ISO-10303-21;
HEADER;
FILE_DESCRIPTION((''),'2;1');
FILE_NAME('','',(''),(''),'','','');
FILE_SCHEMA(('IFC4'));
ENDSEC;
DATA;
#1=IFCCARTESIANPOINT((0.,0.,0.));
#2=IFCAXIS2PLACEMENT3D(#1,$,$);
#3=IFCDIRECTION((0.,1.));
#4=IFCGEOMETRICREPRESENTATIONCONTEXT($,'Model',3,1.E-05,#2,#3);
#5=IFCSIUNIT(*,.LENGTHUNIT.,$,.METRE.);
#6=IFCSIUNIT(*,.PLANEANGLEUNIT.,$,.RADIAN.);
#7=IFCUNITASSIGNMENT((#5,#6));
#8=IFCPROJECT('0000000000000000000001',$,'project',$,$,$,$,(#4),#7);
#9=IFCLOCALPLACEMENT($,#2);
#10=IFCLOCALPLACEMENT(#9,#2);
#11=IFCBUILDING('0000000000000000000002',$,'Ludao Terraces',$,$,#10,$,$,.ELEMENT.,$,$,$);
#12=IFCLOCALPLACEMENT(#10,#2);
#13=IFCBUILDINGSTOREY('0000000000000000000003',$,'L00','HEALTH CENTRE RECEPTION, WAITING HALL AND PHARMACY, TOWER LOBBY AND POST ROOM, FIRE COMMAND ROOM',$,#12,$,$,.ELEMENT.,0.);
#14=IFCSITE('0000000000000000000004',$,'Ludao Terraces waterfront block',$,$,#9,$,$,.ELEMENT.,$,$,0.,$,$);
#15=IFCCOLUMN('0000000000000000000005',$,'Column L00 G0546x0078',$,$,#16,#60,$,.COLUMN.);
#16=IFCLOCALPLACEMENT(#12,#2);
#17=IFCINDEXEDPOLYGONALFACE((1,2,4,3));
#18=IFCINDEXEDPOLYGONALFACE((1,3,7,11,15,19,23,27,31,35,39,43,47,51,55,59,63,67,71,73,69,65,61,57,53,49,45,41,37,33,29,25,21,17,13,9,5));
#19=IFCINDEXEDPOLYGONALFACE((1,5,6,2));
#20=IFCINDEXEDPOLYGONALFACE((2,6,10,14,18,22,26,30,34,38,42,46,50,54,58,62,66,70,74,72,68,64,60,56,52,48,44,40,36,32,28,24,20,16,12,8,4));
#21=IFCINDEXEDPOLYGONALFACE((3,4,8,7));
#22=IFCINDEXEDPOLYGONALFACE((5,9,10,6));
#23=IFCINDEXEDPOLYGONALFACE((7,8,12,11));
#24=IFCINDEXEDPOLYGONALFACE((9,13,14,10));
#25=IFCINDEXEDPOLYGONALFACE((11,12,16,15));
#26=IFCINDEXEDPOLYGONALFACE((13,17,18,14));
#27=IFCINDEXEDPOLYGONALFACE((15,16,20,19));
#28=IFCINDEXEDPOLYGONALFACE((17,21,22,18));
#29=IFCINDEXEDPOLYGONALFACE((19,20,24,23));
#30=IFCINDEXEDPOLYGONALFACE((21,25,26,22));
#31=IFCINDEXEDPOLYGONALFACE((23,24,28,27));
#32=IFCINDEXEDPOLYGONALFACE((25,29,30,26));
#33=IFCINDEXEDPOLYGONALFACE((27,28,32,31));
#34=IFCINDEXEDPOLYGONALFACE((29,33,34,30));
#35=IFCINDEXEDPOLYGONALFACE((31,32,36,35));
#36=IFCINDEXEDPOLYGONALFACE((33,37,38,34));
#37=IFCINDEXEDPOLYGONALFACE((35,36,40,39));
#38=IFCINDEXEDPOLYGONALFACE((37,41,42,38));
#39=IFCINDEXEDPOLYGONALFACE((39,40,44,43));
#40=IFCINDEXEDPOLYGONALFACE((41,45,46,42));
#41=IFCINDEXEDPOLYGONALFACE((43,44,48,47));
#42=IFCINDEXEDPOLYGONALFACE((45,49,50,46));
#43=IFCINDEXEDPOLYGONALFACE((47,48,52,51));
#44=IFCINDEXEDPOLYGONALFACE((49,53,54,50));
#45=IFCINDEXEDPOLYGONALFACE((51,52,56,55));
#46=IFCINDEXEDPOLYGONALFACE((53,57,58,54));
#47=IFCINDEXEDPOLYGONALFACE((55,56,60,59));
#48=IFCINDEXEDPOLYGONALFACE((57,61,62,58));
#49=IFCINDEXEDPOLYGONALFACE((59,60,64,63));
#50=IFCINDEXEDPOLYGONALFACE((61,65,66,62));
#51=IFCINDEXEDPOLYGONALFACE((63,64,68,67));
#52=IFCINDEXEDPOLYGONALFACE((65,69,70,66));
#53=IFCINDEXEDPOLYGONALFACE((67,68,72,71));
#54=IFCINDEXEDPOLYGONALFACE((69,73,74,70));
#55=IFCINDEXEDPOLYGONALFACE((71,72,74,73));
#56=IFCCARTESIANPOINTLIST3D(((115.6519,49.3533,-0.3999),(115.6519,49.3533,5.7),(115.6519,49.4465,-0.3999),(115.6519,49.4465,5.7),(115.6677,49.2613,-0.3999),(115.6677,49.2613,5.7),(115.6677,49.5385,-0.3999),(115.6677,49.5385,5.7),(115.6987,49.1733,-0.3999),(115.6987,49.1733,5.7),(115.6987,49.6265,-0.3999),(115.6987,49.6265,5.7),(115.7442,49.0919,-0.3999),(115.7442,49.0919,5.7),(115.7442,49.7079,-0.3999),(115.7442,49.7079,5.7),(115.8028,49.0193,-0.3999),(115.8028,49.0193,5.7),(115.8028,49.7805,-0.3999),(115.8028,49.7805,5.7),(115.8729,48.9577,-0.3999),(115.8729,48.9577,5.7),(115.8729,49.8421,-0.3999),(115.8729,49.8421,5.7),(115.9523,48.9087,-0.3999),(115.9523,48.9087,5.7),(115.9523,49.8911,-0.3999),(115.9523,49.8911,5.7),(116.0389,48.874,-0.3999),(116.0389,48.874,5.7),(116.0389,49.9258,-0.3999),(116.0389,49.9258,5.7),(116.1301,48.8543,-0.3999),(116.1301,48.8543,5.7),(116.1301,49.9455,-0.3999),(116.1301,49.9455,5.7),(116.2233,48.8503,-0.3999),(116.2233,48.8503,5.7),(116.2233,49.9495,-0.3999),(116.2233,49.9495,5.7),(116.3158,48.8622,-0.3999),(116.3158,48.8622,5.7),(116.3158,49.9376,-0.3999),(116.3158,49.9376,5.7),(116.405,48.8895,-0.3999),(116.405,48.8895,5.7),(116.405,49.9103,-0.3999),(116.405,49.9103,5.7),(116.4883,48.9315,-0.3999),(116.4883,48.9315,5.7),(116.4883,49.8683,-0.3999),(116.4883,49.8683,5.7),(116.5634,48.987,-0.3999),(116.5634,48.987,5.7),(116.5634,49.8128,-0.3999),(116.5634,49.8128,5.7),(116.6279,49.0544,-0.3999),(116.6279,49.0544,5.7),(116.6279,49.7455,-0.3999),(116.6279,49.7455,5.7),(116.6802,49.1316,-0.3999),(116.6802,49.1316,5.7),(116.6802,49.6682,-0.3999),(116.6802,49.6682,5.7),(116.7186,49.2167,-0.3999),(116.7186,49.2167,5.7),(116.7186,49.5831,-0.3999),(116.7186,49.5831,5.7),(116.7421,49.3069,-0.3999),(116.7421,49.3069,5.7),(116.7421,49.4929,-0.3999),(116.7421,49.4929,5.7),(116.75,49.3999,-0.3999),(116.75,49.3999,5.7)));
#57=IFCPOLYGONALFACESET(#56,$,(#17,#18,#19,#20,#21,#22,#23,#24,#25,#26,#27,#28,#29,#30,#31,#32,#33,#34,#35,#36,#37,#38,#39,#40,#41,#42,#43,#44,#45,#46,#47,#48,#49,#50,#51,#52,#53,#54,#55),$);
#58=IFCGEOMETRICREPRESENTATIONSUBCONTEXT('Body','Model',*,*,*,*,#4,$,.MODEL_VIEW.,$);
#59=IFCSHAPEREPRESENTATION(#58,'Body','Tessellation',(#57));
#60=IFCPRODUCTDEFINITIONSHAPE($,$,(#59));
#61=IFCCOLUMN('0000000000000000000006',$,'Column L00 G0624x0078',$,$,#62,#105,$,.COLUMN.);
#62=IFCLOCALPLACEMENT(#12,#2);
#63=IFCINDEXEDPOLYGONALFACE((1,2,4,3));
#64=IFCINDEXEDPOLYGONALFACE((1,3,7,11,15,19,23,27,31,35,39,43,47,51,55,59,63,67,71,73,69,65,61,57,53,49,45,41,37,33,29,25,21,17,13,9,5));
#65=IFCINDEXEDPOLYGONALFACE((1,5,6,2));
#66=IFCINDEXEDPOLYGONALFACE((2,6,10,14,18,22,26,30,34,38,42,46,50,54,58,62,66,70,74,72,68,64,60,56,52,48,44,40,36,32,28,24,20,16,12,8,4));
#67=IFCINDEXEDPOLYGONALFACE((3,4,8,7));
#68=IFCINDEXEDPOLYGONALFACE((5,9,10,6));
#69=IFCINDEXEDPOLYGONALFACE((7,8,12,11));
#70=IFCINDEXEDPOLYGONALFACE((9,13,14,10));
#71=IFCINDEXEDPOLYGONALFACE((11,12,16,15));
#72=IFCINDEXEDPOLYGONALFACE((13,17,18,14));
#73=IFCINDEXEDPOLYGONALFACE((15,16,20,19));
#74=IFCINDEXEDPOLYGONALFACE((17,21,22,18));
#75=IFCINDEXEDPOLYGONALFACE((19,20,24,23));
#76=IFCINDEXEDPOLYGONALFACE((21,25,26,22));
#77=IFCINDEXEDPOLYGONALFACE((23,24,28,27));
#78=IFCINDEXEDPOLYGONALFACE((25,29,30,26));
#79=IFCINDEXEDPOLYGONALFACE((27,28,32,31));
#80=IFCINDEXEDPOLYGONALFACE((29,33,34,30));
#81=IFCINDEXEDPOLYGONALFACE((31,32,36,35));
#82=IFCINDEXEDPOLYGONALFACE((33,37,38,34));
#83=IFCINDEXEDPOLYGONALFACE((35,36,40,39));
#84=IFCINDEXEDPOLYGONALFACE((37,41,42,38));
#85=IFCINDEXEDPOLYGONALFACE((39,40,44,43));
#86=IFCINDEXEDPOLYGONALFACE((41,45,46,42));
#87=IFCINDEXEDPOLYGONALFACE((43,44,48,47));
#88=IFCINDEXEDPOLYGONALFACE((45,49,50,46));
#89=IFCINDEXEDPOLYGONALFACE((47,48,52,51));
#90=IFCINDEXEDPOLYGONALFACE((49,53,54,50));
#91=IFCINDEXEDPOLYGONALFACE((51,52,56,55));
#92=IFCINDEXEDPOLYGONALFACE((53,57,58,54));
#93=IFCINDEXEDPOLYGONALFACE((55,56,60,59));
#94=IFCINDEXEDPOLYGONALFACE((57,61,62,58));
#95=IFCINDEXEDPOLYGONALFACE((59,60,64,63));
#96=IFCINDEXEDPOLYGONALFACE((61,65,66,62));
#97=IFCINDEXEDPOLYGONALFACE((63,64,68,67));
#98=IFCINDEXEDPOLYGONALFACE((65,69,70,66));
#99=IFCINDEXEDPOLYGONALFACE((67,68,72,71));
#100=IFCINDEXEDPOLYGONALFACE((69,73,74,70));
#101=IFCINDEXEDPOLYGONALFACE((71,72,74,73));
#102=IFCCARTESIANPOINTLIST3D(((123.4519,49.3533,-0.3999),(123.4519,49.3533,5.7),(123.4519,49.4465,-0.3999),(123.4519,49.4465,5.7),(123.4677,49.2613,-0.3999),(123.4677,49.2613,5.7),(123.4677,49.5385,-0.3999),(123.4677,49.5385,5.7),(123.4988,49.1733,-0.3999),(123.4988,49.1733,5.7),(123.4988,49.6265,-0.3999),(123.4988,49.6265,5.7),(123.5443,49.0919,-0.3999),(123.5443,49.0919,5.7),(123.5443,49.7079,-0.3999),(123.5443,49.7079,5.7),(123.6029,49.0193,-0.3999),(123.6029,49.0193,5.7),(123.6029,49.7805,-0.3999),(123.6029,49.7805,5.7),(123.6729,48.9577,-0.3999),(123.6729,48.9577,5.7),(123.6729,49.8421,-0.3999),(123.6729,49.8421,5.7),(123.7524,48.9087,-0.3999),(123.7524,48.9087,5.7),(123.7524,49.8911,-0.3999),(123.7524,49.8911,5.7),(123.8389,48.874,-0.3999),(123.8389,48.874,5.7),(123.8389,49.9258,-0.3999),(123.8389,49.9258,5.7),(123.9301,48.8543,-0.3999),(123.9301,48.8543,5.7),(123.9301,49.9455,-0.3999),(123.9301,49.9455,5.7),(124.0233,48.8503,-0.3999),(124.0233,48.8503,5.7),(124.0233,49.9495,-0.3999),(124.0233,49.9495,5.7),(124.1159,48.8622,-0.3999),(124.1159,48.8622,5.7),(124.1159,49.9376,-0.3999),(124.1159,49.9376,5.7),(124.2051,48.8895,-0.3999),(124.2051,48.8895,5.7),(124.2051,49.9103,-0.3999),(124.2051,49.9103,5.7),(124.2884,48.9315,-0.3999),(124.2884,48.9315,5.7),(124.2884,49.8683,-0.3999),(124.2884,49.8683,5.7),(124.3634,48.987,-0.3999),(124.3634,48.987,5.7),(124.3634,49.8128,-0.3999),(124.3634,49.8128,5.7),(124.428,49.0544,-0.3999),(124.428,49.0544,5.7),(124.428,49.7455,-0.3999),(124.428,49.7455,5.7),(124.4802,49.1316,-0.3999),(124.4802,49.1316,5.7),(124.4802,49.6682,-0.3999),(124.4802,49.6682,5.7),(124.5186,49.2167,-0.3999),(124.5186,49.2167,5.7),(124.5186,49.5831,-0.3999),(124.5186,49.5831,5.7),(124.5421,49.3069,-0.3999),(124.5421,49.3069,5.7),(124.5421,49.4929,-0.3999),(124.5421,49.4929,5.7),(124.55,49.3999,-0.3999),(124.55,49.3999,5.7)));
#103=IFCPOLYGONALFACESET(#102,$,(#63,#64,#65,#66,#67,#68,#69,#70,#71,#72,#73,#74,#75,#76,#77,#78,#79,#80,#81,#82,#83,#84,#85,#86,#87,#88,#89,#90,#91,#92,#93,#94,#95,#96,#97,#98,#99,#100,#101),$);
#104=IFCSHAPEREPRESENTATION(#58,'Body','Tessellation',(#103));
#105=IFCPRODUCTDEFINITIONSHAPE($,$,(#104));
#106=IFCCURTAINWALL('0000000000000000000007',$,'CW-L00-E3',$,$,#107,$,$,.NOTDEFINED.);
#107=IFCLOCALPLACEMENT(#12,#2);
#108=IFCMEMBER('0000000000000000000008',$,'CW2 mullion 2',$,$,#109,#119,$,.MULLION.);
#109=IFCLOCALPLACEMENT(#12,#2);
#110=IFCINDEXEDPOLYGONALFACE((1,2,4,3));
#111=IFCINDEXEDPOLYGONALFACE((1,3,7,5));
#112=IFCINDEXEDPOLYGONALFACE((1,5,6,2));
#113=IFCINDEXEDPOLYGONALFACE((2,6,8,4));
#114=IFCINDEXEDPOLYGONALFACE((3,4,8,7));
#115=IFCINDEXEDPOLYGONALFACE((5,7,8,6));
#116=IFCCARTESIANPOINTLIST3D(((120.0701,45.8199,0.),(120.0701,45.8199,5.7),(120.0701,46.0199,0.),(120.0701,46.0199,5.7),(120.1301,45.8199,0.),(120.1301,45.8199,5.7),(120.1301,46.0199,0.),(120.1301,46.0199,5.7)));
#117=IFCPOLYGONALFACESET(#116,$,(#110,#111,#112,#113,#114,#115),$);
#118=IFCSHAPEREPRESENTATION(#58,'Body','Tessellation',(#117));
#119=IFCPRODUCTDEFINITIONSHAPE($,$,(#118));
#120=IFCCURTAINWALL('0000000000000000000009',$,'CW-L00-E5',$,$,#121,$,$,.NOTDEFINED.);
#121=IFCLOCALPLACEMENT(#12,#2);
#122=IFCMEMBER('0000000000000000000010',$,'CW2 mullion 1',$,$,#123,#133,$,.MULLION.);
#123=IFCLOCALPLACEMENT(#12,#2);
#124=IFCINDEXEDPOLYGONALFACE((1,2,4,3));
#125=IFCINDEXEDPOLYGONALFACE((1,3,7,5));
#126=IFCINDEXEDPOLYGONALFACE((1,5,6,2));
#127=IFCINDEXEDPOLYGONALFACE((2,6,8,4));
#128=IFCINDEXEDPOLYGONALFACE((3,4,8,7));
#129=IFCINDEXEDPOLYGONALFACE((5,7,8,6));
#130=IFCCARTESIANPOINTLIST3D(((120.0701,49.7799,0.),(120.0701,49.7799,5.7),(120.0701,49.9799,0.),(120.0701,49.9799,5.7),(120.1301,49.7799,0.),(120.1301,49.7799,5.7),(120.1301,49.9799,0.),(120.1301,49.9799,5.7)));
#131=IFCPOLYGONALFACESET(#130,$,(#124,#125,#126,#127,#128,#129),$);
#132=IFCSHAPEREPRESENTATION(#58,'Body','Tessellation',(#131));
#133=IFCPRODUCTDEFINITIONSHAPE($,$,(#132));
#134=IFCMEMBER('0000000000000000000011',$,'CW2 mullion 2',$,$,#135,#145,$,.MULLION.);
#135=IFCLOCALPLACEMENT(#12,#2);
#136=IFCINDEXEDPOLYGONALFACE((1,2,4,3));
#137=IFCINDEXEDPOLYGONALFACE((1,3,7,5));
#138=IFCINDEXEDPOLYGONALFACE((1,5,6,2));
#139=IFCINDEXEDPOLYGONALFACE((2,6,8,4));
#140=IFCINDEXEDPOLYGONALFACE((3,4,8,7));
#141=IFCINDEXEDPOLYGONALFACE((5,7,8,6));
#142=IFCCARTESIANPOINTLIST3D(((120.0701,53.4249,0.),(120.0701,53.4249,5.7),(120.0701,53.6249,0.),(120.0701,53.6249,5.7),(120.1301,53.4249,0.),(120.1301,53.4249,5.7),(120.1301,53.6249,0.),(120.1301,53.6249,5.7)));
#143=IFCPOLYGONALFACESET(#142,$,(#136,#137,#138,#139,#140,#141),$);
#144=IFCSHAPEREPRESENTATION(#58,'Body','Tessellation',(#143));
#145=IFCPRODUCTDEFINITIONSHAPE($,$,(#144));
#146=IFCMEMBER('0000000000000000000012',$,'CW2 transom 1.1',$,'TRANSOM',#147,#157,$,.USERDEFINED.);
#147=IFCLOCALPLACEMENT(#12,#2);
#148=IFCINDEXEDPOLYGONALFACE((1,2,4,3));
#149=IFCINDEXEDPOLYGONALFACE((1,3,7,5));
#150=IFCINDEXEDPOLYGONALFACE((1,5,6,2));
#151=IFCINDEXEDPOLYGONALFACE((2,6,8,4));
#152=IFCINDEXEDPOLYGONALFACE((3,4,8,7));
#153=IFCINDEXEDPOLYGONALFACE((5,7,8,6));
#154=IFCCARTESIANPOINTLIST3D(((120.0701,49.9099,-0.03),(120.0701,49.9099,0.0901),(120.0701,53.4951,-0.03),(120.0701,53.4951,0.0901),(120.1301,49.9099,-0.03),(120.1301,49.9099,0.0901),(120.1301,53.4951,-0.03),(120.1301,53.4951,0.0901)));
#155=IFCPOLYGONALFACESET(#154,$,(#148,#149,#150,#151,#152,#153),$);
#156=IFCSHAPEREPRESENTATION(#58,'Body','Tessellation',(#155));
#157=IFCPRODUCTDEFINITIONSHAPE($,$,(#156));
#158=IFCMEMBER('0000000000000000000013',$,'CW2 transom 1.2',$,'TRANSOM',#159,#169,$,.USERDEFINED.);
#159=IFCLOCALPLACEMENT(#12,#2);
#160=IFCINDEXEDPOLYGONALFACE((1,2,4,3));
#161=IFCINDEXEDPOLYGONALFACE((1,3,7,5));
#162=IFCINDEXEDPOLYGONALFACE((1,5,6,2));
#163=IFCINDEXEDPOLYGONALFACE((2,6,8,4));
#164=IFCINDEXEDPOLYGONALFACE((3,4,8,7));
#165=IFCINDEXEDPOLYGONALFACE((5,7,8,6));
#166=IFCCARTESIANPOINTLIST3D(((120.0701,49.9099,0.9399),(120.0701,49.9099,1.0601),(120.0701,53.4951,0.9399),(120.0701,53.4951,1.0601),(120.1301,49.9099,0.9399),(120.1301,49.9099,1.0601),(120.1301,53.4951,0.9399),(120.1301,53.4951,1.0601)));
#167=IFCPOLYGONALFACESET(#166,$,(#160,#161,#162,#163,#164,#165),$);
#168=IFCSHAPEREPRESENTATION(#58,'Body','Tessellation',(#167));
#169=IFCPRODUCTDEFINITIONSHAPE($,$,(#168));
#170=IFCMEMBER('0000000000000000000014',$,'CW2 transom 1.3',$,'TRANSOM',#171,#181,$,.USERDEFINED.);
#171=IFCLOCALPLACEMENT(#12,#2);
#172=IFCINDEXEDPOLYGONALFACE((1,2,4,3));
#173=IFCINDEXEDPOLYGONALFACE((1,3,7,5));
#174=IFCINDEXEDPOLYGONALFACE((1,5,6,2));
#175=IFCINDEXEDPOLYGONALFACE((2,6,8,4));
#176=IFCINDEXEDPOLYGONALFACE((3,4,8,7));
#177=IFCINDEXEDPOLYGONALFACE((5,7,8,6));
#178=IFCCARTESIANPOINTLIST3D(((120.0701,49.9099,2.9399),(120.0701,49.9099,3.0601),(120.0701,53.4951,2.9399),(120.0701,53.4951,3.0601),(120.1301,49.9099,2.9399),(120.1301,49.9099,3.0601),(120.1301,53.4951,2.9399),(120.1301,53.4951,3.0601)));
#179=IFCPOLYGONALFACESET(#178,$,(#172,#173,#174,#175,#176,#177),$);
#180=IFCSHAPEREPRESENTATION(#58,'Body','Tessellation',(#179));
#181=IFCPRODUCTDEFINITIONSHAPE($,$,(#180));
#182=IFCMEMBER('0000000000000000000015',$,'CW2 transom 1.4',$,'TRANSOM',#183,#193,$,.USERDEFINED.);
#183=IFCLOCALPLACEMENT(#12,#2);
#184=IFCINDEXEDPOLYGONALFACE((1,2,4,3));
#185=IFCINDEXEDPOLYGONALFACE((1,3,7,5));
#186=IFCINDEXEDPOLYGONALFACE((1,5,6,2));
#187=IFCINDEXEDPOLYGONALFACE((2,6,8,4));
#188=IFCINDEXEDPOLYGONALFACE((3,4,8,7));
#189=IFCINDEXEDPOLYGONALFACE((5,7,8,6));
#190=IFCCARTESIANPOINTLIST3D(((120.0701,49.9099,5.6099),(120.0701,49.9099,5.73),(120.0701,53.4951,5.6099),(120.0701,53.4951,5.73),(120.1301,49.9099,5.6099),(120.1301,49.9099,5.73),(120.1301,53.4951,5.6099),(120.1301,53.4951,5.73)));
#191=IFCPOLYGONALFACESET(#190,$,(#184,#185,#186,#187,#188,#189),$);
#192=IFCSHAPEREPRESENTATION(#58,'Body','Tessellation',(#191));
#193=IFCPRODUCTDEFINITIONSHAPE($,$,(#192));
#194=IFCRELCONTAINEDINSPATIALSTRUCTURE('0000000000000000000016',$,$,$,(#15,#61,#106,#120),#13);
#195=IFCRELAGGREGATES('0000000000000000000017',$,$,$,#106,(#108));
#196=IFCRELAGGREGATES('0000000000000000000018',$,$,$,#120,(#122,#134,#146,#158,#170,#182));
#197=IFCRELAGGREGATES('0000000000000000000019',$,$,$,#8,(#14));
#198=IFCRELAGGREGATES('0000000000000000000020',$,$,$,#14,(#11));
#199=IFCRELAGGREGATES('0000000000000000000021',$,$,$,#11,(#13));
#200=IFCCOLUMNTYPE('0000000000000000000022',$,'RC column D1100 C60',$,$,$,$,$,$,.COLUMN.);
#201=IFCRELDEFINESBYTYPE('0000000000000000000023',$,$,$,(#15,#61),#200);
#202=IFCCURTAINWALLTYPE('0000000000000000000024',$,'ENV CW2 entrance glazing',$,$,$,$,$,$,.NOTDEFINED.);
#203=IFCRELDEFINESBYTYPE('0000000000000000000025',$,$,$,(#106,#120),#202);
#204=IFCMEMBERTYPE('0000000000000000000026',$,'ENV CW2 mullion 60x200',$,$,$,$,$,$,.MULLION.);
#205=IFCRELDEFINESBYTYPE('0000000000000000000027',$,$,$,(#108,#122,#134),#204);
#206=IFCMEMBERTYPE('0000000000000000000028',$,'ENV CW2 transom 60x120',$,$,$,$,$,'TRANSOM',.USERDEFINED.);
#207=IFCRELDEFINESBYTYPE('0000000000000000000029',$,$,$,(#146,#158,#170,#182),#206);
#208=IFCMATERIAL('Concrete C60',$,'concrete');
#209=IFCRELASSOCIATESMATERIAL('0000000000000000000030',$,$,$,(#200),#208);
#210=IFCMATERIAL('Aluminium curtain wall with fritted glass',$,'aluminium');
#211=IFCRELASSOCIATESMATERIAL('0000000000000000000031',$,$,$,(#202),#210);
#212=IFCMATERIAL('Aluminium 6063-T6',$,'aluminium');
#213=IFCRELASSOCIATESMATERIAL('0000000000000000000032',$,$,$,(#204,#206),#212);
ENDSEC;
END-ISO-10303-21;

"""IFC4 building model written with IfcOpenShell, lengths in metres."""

from ifc_helpers import new_model, si_unit, direction, frame, origin, origin_2d, place, context, subcontext, project, spatial, rectangle, circle, extrude, material, material_profile, profile_set, type_object, element, aggregate, save


model = new_model("IFC4")

# Units and contexts
model_context = context("Model", 3, precision=1e-05, world=origin(), true_north=direction((0.0, 1.0)))
body_context = subcontext(model_context, "Body", "Model", "MODEL_VIEW")
ifc_project = project(units=[si_unit("LENGTHUNIT", "METRE"), si_unit("PLANEANGLEUNIT", "RADIAN")], contexts=[model_context])

# Site, building, storey
site_placement = place(None, origin())
site = spatial("IfcSite", under=ifc_project, at=site_placement, Name="Ludao Terraces waterfront block", CompositionType="ELEMENT", RefElevation=0.0)
building_placement = place(site_placement, origin())
building = spatial("IfcBuilding", under=site, at=building_placement, Name="Ludao Terraces", CompositionType="ELEMENT")
storey_placement = place(building_placement, origin())
storey = spatial("IfcBuildingStorey", under=building, at=storey_placement, Name="L00", Description="HEALTH CENTRE RECEPTION, WAITING HALL AND PHARMACY, TOWER LOBBY AND POST ROOM, FIRE COMMAND ROOM", CompositionType="ELEMENT", Elevation=0.0)

# Columns
ifc_material_1 = material(Name="Concrete C60", Category="concrete")
ifc_material_profile_1 = material_profile(ifc_material_1, circle(Radius=0.55, at=origin_2d()), Name="D1100")
ifc_profile_set_1 = profile_set([ifc_material_profile_1], Name="Concrete C60")
column_type = type_object("IfcColumnType", Name="RC column D1100 C60", PredefinedType="COLUMN", material=ifc_profile_set_1)
for number, where, z_axis, x_axis, name in (
    (1, (116.2, 49.3999, -0.3999), (0.0, 0.0, 1.0), (1.0, 0.0, 0.0), "Column L00 G0546x0078"),
    (2, (124.0, 49.3999, -0.3999), (0.0, 0.0, 1.0), (1.0, 0.0, 0.0), "Column L00 G0624x0078"),
):
    element("IfcColumn", number, at=place(storey_placement, frame(where, z_axis=z_axis, x_axis=x_axis)), inside=storey, type_object=column_type, Name=name, PredefinedType="COLUMN", context=body_context, shape_type="SweptSolid", body=[
        extrude(circle(Radius=0.55, at=origin_2d()), origin(), (0.0, 0.0, 1.0), 6.0999),
    ])

# Curtain wall, member
ifc_material_2 = material(Name="Aluminium curtain wall with fritted glass", Category="aluminium")
curtain_wall_type = type_object("IfcCurtainWallType", Name="ENV CW2 entrance glazing", PredefinedType="NOTDEFINED", material=ifc_material_2)
curtain_wall_1_placement = place(storey_placement, origin())
curtain_wall_1 = element("IfcCurtainWall", 3, at=curtain_wall_1_placement, inside=storey, type_object=curtain_wall_type, Name="CW-L00-E3", PredefinedType="NOTDEFINED")
ifc_material_3 = material(Name="Aluminium 6063-T6", Category="aluminium")
ifc_material_profile_2 = material_profile(ifc_material_3, rectangle(XDim=0.0601, YDim=0.2, at=origin_2d()), Name="60 X 200")
ifc_profile_set_2 = profile_set([ifc_material_profile_2], Name="Aluminium 6063-T6")
member_type_1 = type_object("IfcMemberType", Name="ENV CW2 mullion 60x200", PredefinedType="MULLION", material=ifc_profile_set_2)
member_1_placement = place(storey_placement, frame((120.1001, 45.9199, 0.0), z_axis=(0.0, 0.0, 1.0), x_axis=(-1.0, 0.0, 0.0)))
member_1 = element("IfcMember", 4, at=member_1_placement, type_object=member_type_1, Name="CW2 mullion 2", PredefinedType="MULLION", context=body_context, shape_type="SweptSolid", body=[
    extrude(rectangle(XDim=0.0601, YDim=0.2, at=origin_2d()), origin(), (0.0, 0.0, 1.0), 5.7),
])

# Curtain wall, members
curtain_wall_2_placement = place(storey_placement, origin())
curtain_wall_2 = element("IfcCurtainWall", 5, at=curtain_wall_2_placement, inside=storey, type_object=curtain_wall_type, Name="CW-L00-E5", PredefinedType="NOTDEFINED")
member_2_placement = place(storey_placement, frame((120.1001, 49.8799, 0.0), z_axis=(0.0, 0.0, 1.0), x_axis=(-1.0, 0.0, 0.0)))
member_2 = element("IfcMember", 6, at=member_2_placement, type_object=member_type_1, Name="CW2 mullion 1", PredefinedType="MULLION", context=body_context, shape_type="SweptSolid", body=[
    extrude(rectangle(XDim=0.0601, YDim=0.2, at=origin_2d()), origin(), (0.0, 0.0, 1.0), 5.7),
])
member_3_placement = place(storey_placement, frame((120.1001, 53.5249, 0.0), z_axis=(0.0, 0.0, 1.0), x_axis=(-1.0, 0.0, 0.0)))
member_3 = element("IfcMember", 7, at=member_3_placement, type_object=member_type_1, Name="CW2 mullion 2", PredefinedType="MULLION", context=body_context, shape_type="SweptSolid", body=[
    extrude(rectangle(XDim=0.0601, YDim=0.2, at=origin_2d()), origin(), (0.0, 0.0, 1.0), 5.7),
])
ifc_material_profile_3 = material_profile(ifc_material_3, rectangle(XDim=0.0601, YDim=0.1201, at=origin_2d()), Name="60 X 120")
ifc_profile_set_3 = profile_set([ifc_material_profile_3], Name="Aluminium 6063-T6")
member_type_2 = type_object("IfcMemberType", Name="ENV CW2 transom 60x120", ElementType="TRANSOM", PredefinedType="USERDEFINED", material=ifc_profile_set_3)
member_4_placement = place(storey_placement, frame((120.1001, 49.9099, 0.03), z_axis=(0.0, 1.0, 0.0), x_axis=(-1.0, 0.0, 0.0)))
member_4 = element("IfcMember", 8, at=member_4_placement, type_object=member_type_2, Name="CW2 transom 1.1", ObjectType="TRANSOM", PredefinedType="USERDEFINED", context=body_context, shape_type="SweptSolid", body=[
    extrude(rectangle(XDim=0.0601, YDim=0.1201, at=origin_2d()), origin(), (0.0, 0.0, 1.0), 3.5852),
])
member_5_placement = place(storey_placement, frame((120.1001, 49.9099, 1.0), z_axis=(0.0, 1.0, 0.0), x_axis=(-1.0, 0.0, 0.0)))
member_5 = element("IfcMember", 9, at=member_5_placement, type_object=member_type_2, Name="CW2 transom 1.2", ObjectType="TRANSOM", PredefinedType="USERDEFINED", context=body_context, shape_type="SweptSolid", body=[
    extrude(rectangle(XDim=0.0601, YDim=0.1201, at=origin_2d()), origin(), (0.0, 0.0, 1.0), 3.5852),
])
member_6_placement = place(storey_placement, frame((120.1001, 49.9099, 3.0), z_axis=(0.0, 1.0, 0.0), x_axis=(-1.0, 0.0, 0.0)))
member_6 = element("IfcMember", 10, at=member_6_placement, type_object=member_type_2, Name="CW2 transom 1.3", ObjectType="TRANSOM", PredefinedType="USERDEFINED", context=body_context, shape_type="SweptSolid", body=[
    extrude(rectangle(XDim=0.0601, YDim=0.1201, at=origin_2d()), origin(), (0.0, 0.0, 1.0), 3.5852),
])
member_7_placement = place(storey_placement, frame((120.1001, 49.9099, 5.6699), z_axis=(0.0, 1.0, 0.0), x_axis=(-1.0, 0.0, 0.0)))
member_7 = element("IfcMember", 11, at=member_7_placement, type_object=member_type_2, Name="CW2 transom 1.4", ObjectType="TRANSOM", PredefinedType="USERDEFINED", context=body_context, shape_type="SweptSolid", body=[
    extrude(rectangle(XDim=0.0601, YDim=0.1201, at=origin_2d()), origin(), (0.0, 0.0, 1.0), 3.5852),
])

aggregate(curtain_wall_1, [member_1])
aggregate(curtain_wall_2, [member_2, member_3, member_4, member_5, member_6, member_7])

save(model, "model.ifc")
